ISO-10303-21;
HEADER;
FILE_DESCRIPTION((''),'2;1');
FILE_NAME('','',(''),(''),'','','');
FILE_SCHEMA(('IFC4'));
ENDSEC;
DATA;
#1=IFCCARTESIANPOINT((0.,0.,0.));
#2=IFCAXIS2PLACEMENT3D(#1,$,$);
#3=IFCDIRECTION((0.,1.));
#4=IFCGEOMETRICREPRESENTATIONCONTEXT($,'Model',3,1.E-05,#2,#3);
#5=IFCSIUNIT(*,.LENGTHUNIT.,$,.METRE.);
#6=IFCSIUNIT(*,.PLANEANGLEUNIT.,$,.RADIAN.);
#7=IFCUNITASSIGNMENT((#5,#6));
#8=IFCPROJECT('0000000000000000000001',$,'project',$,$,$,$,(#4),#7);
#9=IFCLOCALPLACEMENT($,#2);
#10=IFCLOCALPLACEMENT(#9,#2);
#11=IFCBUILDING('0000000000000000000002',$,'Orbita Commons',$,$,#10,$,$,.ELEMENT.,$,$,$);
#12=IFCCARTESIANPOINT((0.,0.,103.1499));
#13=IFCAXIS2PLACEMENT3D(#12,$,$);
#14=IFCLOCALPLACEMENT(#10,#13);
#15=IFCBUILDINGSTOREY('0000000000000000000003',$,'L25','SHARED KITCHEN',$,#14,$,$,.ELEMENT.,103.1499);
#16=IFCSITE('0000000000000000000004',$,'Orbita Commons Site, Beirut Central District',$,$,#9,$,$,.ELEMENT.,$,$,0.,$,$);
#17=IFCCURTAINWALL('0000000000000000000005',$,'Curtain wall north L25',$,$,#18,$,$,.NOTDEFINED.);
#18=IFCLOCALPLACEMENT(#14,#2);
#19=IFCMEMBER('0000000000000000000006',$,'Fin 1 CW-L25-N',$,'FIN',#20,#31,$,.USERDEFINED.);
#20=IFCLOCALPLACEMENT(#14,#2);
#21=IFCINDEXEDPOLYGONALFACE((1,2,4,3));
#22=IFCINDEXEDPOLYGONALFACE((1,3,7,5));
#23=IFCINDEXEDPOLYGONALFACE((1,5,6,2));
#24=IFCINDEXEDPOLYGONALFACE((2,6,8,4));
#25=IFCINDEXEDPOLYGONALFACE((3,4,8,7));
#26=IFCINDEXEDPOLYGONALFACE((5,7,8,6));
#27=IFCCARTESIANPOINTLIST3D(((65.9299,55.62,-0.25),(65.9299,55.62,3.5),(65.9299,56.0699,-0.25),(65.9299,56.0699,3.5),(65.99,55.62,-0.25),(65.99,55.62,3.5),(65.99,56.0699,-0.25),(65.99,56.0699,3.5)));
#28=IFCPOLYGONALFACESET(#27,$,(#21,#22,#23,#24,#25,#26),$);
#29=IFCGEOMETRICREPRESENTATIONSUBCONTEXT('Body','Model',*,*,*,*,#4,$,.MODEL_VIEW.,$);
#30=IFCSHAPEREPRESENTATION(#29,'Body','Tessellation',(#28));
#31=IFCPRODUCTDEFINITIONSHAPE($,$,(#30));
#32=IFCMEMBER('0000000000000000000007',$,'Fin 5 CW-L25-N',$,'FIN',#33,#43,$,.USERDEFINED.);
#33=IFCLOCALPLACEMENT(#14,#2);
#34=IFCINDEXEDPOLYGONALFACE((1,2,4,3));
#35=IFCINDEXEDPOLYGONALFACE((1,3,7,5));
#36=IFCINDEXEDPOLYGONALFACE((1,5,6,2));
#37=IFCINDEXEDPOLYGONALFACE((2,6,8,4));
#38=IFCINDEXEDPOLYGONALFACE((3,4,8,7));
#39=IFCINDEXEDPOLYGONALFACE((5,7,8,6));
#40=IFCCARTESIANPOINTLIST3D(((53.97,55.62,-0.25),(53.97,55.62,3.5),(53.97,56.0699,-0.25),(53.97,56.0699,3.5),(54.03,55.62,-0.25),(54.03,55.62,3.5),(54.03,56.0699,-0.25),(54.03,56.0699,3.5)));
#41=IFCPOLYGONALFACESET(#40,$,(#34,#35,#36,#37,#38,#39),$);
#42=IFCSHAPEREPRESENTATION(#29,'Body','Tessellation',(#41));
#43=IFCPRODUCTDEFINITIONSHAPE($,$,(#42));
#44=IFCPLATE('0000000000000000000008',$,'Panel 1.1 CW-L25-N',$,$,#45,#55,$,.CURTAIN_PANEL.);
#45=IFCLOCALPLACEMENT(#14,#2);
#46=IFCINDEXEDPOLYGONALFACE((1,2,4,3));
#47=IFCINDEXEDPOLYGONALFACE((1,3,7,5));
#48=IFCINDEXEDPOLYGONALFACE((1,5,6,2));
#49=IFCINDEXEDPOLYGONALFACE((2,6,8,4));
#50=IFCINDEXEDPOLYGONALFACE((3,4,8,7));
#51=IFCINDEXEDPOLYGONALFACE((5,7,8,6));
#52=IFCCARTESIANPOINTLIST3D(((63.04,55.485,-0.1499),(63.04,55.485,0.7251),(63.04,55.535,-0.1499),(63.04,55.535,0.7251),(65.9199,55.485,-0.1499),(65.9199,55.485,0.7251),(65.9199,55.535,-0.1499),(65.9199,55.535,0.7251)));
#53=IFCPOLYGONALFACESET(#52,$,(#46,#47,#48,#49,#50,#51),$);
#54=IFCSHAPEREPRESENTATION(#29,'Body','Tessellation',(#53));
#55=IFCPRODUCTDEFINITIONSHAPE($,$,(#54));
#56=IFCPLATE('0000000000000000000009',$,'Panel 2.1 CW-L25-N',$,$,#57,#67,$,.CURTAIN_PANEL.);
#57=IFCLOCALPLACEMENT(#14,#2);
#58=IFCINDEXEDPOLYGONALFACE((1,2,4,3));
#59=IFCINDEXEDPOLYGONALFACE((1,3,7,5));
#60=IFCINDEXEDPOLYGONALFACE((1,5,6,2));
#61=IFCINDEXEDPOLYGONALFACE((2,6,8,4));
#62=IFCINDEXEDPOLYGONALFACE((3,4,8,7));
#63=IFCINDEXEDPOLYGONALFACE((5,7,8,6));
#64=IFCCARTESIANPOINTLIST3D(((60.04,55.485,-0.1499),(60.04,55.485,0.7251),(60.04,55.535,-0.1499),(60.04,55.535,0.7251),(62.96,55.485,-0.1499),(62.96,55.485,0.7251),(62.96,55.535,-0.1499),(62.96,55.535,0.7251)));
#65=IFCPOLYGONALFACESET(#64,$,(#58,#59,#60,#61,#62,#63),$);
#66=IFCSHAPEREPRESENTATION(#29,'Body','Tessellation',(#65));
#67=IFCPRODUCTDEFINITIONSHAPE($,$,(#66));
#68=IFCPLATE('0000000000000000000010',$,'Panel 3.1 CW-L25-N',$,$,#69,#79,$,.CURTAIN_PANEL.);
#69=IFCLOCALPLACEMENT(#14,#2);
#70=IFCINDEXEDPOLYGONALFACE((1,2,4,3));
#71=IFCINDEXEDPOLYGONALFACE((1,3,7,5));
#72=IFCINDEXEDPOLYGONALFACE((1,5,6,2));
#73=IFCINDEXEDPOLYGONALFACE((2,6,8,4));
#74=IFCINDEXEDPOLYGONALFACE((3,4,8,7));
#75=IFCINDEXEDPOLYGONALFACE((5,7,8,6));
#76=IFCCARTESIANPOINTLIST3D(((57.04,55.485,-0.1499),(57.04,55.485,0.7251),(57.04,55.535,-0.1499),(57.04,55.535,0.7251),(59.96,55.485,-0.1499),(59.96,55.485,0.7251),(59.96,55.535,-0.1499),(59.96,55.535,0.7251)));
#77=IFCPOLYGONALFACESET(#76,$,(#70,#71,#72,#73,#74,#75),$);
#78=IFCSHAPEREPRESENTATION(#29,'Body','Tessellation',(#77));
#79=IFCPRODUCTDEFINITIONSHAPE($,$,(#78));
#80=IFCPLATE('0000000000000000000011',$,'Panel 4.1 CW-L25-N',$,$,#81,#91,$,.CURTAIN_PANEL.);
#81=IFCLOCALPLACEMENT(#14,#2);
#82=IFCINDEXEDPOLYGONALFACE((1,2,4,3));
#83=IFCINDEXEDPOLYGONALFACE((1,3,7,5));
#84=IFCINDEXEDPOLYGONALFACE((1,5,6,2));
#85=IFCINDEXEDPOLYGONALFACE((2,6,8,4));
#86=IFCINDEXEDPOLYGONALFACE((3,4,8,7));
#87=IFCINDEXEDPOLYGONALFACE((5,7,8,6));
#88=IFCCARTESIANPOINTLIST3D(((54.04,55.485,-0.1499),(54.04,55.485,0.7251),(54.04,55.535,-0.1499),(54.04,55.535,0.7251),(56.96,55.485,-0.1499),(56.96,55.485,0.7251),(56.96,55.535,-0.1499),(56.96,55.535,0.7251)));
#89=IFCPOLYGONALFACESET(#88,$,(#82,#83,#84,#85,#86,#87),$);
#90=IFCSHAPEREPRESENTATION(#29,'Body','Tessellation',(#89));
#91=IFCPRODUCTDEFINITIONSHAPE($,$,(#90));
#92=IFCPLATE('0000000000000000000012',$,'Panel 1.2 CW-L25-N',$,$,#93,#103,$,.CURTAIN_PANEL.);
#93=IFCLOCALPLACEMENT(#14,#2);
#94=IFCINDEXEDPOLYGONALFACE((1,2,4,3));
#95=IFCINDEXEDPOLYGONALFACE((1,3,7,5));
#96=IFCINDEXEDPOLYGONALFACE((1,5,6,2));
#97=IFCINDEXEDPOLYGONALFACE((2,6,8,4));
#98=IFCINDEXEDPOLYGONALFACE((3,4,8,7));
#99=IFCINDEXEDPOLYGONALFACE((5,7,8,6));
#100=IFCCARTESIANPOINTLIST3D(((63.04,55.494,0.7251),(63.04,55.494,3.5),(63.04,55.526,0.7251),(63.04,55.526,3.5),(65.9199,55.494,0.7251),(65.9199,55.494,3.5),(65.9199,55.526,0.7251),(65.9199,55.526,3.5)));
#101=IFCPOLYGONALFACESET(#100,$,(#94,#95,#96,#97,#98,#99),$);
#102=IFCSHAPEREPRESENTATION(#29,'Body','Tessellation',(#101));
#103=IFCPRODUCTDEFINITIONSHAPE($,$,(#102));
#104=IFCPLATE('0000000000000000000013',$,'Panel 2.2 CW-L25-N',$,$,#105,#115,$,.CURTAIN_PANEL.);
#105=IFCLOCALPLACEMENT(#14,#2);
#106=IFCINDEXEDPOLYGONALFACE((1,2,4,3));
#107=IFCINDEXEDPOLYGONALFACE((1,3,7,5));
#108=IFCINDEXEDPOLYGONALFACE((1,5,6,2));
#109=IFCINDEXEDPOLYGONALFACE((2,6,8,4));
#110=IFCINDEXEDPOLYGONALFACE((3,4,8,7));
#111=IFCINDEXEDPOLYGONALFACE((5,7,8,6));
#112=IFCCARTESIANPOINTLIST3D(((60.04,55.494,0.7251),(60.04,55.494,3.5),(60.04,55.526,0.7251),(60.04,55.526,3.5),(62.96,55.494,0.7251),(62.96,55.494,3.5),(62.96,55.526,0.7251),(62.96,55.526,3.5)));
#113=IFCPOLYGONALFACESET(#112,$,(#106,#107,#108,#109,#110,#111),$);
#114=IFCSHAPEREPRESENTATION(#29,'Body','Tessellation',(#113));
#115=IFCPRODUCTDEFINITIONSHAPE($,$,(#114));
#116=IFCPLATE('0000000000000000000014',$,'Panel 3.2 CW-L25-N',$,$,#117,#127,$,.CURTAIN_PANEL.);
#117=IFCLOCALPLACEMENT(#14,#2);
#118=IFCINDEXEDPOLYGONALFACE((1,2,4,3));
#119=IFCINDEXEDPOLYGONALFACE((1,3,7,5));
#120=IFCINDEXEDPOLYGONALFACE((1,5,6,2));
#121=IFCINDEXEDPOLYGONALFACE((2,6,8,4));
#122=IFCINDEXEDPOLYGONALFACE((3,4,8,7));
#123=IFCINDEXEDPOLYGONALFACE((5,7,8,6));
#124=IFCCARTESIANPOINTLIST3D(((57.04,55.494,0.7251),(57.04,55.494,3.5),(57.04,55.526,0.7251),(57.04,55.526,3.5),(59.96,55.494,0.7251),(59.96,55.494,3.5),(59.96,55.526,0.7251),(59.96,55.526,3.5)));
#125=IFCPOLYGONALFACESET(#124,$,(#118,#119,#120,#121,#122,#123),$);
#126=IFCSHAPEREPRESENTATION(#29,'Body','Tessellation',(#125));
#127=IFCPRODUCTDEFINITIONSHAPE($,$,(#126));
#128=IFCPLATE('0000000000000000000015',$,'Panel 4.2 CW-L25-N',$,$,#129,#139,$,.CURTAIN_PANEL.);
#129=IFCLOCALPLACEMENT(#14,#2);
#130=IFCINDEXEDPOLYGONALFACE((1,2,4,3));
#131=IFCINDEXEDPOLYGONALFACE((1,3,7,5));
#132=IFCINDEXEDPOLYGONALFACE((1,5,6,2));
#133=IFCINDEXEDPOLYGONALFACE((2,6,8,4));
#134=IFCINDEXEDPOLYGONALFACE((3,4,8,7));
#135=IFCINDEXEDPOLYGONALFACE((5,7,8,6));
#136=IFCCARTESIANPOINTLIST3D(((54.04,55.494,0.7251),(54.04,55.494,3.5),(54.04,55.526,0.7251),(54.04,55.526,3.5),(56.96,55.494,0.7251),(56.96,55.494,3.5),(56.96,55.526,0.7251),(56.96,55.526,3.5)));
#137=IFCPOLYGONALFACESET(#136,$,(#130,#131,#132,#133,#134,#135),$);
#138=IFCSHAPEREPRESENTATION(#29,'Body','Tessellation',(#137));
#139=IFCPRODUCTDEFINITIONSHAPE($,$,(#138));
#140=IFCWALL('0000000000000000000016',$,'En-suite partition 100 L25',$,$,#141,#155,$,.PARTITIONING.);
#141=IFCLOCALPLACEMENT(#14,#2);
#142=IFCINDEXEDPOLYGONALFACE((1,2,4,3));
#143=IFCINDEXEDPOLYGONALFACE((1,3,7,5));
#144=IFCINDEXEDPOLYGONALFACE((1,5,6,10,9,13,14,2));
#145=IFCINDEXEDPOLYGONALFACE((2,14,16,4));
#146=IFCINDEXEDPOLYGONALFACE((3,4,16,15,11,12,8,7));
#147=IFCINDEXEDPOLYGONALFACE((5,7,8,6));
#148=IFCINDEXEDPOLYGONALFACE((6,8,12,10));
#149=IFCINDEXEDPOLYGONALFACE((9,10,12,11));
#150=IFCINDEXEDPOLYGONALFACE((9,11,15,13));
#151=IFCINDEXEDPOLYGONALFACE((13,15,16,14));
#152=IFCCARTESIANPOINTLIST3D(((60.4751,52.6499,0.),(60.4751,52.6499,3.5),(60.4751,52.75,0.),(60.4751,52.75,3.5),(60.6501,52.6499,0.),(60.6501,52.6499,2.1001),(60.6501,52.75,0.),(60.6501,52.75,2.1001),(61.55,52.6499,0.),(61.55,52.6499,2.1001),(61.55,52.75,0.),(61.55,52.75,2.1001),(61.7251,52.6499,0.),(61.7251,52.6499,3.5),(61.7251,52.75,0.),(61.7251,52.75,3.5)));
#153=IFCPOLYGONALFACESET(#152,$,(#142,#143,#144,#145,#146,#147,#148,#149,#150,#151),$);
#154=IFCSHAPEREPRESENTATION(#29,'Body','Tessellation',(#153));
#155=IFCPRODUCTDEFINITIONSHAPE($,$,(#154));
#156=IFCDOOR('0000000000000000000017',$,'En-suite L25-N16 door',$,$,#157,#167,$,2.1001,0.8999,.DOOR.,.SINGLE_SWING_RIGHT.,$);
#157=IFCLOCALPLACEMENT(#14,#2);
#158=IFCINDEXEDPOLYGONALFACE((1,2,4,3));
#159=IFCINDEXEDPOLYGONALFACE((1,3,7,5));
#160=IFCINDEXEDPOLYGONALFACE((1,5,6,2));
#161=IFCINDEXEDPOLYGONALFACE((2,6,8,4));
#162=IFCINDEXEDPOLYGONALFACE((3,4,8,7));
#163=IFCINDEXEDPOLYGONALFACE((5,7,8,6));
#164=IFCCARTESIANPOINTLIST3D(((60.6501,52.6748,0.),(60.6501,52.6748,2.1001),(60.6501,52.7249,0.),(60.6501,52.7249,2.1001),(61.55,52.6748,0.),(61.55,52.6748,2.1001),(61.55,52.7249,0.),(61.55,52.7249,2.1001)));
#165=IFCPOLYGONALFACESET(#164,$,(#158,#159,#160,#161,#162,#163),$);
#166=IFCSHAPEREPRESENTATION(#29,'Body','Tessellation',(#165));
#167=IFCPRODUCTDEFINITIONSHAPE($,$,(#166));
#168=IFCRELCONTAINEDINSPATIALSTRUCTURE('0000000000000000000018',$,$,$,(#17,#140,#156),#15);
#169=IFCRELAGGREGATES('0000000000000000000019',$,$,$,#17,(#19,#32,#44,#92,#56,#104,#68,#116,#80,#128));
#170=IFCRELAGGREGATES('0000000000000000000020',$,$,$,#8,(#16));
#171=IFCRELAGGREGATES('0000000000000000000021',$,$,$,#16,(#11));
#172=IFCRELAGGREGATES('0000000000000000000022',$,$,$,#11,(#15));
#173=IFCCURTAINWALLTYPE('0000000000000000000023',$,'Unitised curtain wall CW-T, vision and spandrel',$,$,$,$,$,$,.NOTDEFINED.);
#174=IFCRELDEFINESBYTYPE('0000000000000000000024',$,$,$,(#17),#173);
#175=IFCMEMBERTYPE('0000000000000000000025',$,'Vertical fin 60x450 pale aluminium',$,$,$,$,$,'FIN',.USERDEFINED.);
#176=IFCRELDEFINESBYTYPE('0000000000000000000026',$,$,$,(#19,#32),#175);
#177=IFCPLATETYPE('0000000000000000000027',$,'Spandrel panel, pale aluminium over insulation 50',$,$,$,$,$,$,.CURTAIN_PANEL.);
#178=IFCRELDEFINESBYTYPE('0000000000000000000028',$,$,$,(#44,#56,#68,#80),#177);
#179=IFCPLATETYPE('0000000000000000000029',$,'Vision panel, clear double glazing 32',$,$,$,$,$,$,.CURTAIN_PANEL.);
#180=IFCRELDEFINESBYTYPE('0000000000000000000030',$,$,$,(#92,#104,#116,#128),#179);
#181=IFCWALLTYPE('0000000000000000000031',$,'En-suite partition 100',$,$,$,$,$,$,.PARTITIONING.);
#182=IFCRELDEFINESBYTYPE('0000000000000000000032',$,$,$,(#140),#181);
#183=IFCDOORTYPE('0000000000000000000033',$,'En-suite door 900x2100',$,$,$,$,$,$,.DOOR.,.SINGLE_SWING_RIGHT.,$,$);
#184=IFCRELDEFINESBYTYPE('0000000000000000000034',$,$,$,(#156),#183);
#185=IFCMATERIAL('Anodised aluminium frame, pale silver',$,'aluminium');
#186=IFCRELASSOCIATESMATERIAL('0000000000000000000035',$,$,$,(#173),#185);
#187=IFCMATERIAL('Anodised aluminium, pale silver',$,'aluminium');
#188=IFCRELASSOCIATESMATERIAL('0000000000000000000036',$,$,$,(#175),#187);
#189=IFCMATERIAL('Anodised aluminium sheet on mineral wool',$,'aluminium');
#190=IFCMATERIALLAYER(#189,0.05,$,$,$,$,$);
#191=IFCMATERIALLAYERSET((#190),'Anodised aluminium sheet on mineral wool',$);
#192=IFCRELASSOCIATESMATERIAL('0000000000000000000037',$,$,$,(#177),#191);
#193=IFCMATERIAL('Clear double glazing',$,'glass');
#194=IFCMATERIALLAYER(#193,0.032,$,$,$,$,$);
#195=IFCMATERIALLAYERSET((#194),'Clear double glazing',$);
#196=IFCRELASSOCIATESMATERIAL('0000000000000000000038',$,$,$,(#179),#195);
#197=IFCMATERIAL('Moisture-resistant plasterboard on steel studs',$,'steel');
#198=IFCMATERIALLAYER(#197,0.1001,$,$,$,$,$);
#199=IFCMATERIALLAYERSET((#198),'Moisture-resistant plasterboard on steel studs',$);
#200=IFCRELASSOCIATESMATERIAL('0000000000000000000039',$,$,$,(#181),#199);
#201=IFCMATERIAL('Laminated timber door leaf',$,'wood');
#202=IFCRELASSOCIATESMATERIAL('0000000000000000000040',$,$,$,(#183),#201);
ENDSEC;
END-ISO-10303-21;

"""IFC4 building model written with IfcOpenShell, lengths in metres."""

from ifc_helpers import new_model, si_unit, direction, frame, frame_2d, origin, origin_2d, place, context, subcontext, project, spatial, rectangle, extrude, material, layer, layer_set, material_profile, profile_set, type_object, element, fill, aggregate, save


model = new_model("IFC4")

# Units and contexts
model_context = context("Model", 3, precision=1e-05, world=origin(), true_north=direction((0.0, 1.0)))
body_context = subcontext(model_context, "Body", "Model", "MODEL_VIEW")
ifc_project = project(units=[si_unit("LENGTHUNIT", "METRE"), si_unit("PLANEANGLEUNIT", "RADIAN")], contexts=[model_context])

# Site, building, storey
site_placement = place(None, origin())
site = spatial("IfcSite", under=ifc_project, at=site_placement, Name="Orbita Commons Site, Beirut Central District", CompositionType="ELEMENT", RefElevation=0.0)
building_placement = place(site_placement, origin())
building = spatial("IfcBuilding", under=site, at=building_placement, Name="Orbita Commons", CompositionType="ELEMENT")
storey_placement = place(building_placement, frame((0.0, 0.0, 103.1499)))
storey = spatial("IfcBuildingStorey", under=building, at=storey_placement, Name="L25", Description="SHARED KITCHEN", CompositionType="ELEMENT", Elevation=103.1499)

# Curtain wall
ifc_material_1 = material(Name="Anodised aluminium frame, pale silver", Category="aluminium")
curtain_wall_type = type_object("IfcCurtainWallType", Name="Unitised curtain wall CW-T, vision and spandrel", PredefinedType="NOTDEFINED", material=ifc_material_1)
curtain_wall_placement = place(storey_placement, origin())
curtain_wall = element("IfcCurtainWall", 1, at=curtain_wall_placement, inside=storey, type_object=curtain_wall_type, Name="Curtain wall north L25", PredefinedType="NOTDEFINED")

# Members
ifc_material_2 = material(Name="Anodised aluminium, pale silver", Category="aluminium")
ifc_material_profile_1 = material_profile(ifc_material_2, rectangle(XDim=0.0601, YDim=0.45, at=origin_2d()), Name="FIN 60x450")
ifc_profile_set_1 = profile_set([ifc_material_profile_1], Name="Anodised aluminium, pale silver")
member_type_1 = type_object("IfcMemberType", Name="Vertical fin 60x450 pale aluminium", ElementType="FIN", PredefinedType="USERDEFINED", material=ifc_profile_set_1)
member_1_placement = place(storey_placement, frame((65.96, 55.845, -0.25), z_axis=(0.0, 0.0, 1.0), x_axis=(-1.0, 0.0, 0.0)))
member_1 = element("IfcMember", 2, at=member_1_placement, type_object=member_type_1, Name="Fin 1 CW-L25-N", ObjectType="FIN", PredefinedType="USERDEFINED", context=body_context, shape_type="SweptSolid", body=[
    extrude(rectangle(XDim=0.0601, YDim=0.45, at=origin_2d()), origin(), (0.0, 0.0, 1.0), 3.75),
])
member_2_placement = place(storey_placement, frame((54.0, 55.845, -0.25), z_axis=(0.0, 0.0, 1.0), x_axis=(-1.0, 0.0, 0.0)))
member_2 = element("IfcMember", 3, at=member_2_placement, type_object=member_type_1, Name="Fin 5 CW-L25-N", ObjectType="FIN", PredefinedType="USERDEFINED", context=body_context, shape_type="SweptSolid", body=[
    extrude(rectangle(XDim=0.0601, YDim=0.45, at=origin_2d()), origin(), (0.0, 0.0, 1.0), 3.75),
])

# Plates
ifc_material_3 = material(Name="Anodised aluminium sheet on mineral wool", Category="aluminium")
ifc_layer_1 = layer(ifc_material_3, 0.05)
ifc_layer_set_1 = layer_set([ifc_layer_1], Name="Anodised aluminium sheet on mineral wool")
plate_type_1 = type_object("IfcPlateType", Name="Spandrel panel, pale aluminium over insulation 50", PredefinedType="CURTAIN_PANEL", material=ifc_layer_set_1)
plate_1_placement = place(storey_placement, frame((64.48, 55.51, -0.1499), z_axis=(0.0, 0.0, 1.0), x_axis=(-1.0, 0.0, 0.0)))
plate_1 = element("IfcPlate", 4, at=plate_1_placement, type_object=plate_type_1, Name="Panel 1.1 CW-L25-N", PredefinedType="CURTAIN_PANEL", context=body_context, shape_type="SweptSolid", body=[
    extrude(rectangle(XDim=2.8799, YDim=0.05, at=origin_2d()), origin(), (0.0, 0.0, 1.0), 0.875),
])
plate_2_placement = place(storey_placement, frame((61.5, 55.51, -0.1499), z_axis=(0.0, 0.0, 1.0), x_axis=(-1.0, 0.0, 0.0)))
plate_2 = element("IfcPlate", 5, at=plate_2_placement, type_object=plate_type_1, Name="Panel 2.1 CW-L25-N", PredefinedType="CURTAIN_PANEL", context=body_context, shape_type="SweptSolid", body=[
    extrude(rectangle(XDim=2.9199, YDim=0.05, at=origin_2d()), origin(), (0.0, 0.0, 1.0), 0.875),
])
plate_3_placement = place(storey_placement, frame((58.5, 55.51, -0.1499), z_axis=(0.0, 0.0, 1.0), x_axis=(-1.0, 0.0, 0.0)))
plate_3 = element("IfcPlate", 6, at=plate_3_placement, type_object=plate_type_1, Name="Panel 3.1 CW-L25-N", PredefinedType="CURTAIN_PANEL", context=body_context, shape_type="SweptSolid", body=[
    extrude(rectangle(XDim=2.9199, YDim=0.05, at=origin_2d()), origin(), (0.0, 0.0, 1.0), 0.875),
])
plate_4_placement = place(storey_placement, frame((55.5, 55.51, -0.1499), z_axis=(0.0, 0.0, 1.0), x_axis=(-1.0, 0.0, 0.0)))
plate_4 = element("IfcPlate", 7, at=plate_4_placement, type_object=plate_type_1, Name="Panel 4.1 CW-L25-N", PredefinedType="CURTAIN_PANEL", context=body_context, shape_type="SweptSolid", body=[
    extrude(rectangle(XDim=2.9199, YDim=0.05, at=origin_2d()), origin(), (0.0, 0.0, 1.0), 0.875),
])
ifc_material_4 = material(Name="Clear double glazing", Category="glass")
ifc_layer_2 = layer(ifc_material_4, 0.032)
ifc_layer_set_2 = layer_set([ifc_layer_2], Name="Clear double glazing")
plate_type_2 = type_object("IfcPlateType", Name="Vision panel, clear double glazing 32", PredefinedType="CURTAIN_PANEL", material=ifc_layer_set_2)
plate_5_placement = place(storey_placement, frame((64.48, 55.51, 0.7251), z_axis=(0.0, 0.0, 1.0), x_axis=(-1.0, 0.0, 0.0)))
plate_5 = element("IfcPlate", 8, at=plate_5_placement, type_object=plate_type_2, Name="Panel 1.2 CW-L25-N", PredefinedType="CURTAIN_PANEL", context=body_context, shape_type="SweptSolid", body=[
    extrude(rectangle(XDim=2.8799, YDim=0.032, at=origin_2d()), origin(), (0.0, 0.0, 1.0), 2.7749),
])
plate_6_placement = place(storey_placement, frame((61.5, 55.51, 0.7251), z_axis=(0.0, 0.0, 1.0), x_axis=(-1.0, 0.0, 0.0)))
plate_6 = element("IfcPlate", 9, at=plate_6_placement, type_object=plate_type_2, Name="Panel 2.2 CW-L25-N", PredefinedType="CURTAIN_PANEL", context=body_context, shape_type="SweptSolid", body=[
    extrude(rectangle(XDim=2.9199, YDim=0.032, at=origin_2d()), origin(), (0.0, 0.0, 1.0), 2.7749),
])
plate_7_placement = place(storey_placement, frame((58.5, 55.51, 0.7251), z_axis=(0.0, 0.0, 1.0), x_axis=(-1.0, 0.0, 0.0)))
plate_7 = element("IfcPlate", 10, at=plate_7_placement, type_object=plate_type_2, Name="Panel 3.2 CW-L25-N", PredefinedType="CURTAIN_PANEL", context=body_context, shape_type="SweptSolid", body=[
    extrude(rectangle(XDim=2.9199, YDim=0.032, at=origin_2d()), origin(), (0.0, 0.0, 1.0), 2.7749),
])
plate_8_placement = place(storey_placement, frame((55.5, 55.51, 0.7251), z_axis=(0.0, 0.0, 1.0), x_axis=(-1.0, 0.0, 0.0)))
plate_8 = element("IfcPlate", 11, at=plate_8_placement, type_object=plate_type_2, Name="Panel 4.2 CW-L25-N", PredefinedType="CURTAIN_PANEL", context=body_context, shape_type="SweptSolid", body=[
    extrude(rectangle(XDim=2.9199, YDim=0.032, at=origin_2d()), origin(), (0.0, 0.0, 1.0), 2.7749),
])
aggregate(curtain_wall, [member_1, member_2, plate_1, plate_5, plate_2, plate_6, plate_3, plate_7, plate_4, plate_8])

# Wall, opening, door
ifc_material_5 = material(Name="Moisture-resistant plasterboard on steel studs", Category="steel")
ifc_layer_3 = layer(ifc_material_5, 0.1001)
ifc_layer_set_3 = layer_set([ifc_layer_3], Name="Moisture-resistant plasterboard on steel studs")
wall_type_1 = type_object("IfcWallType", Name="En-suite partition 100", PredefinedType="PARTITIONING", material=ifc_layer_set_3)
wall_1_placement = place(storey_placement, frame((60.4751, 52.7, 0.0), z_axis=(0.0, 0.0, 1.0), x_axis=(1.0, 0.0, 0.0)))
wall_1 = element("IfcWall", 12, at=wall_1_placement, inside=storey, type_object=wall_type_1, Name="En-suite partition 100 L25", PredefinedType="PARTITIONING", context=body_context, shape_type="SweptSolid", body=[
    extrude(rectangle(XDim=1.25, YDim=0.1001, at=frame_2d((0.625, 0.0))), origin(), (0.0, 0.0, 1.0), 3.5),
])
opening_1_placement = place(wall_1_placement, frame((0.175, 0.0, 0.0)))
opening_1 = element("IfcOpeningElement", 13, at=opening_1_placement, cuts=wall_1, PredefinedType="OPENING", context=body_context, shape_type="SweptSolid", body=[
    extrude(rectangle(XDim=0.8999, YDim=2.1001, at=frame_2d((0.45, 1.05))), frame((0.0, 0.0601, 0.0), z_axis=(0.0, -1.0, 0.0), x_axis=(1.0, 0.0, 0.0)), (0.0, 0.0, 1.0), 0.1201),
])
ifc_material_6 = material(Name="Laminated timber door leaf", Category="wood")
door_type = type_object("IfcDoorType", Name="En-suite door 900x2100", OperationType="SINGLE_SWING_RIGHT", PredefinedType="DOOR", material=ifc_material_6)
door_1_placement = place(opening_1_placement, origin())
door_1 = element("IfcDoor", 14, at=door_1_placement, inside=storey, type_object=door_type, Name="En-suite L25-N16 door", OperationType="SINGLE_SWING_RIGHT", OverallHeight=2.1001, OverallWidth=0.8999, PredefinedType="DOOR", context=body_context, shape_type="SweptSolid", body=[
    extrude(rectangle(XDim=0.8999, YDim=2.1001, at=frame_2d((0.45, 1.05))), frame((0.0, 0.0249, 0.0), z_axis=(0.0, -1.0, 0.0), x_axis=(1.0, 0.0, 0.0)), (0.0, 0.0, 1.0), 0.05),
])
fill(opening_1, door_1)

save(model, "model.ifc")
